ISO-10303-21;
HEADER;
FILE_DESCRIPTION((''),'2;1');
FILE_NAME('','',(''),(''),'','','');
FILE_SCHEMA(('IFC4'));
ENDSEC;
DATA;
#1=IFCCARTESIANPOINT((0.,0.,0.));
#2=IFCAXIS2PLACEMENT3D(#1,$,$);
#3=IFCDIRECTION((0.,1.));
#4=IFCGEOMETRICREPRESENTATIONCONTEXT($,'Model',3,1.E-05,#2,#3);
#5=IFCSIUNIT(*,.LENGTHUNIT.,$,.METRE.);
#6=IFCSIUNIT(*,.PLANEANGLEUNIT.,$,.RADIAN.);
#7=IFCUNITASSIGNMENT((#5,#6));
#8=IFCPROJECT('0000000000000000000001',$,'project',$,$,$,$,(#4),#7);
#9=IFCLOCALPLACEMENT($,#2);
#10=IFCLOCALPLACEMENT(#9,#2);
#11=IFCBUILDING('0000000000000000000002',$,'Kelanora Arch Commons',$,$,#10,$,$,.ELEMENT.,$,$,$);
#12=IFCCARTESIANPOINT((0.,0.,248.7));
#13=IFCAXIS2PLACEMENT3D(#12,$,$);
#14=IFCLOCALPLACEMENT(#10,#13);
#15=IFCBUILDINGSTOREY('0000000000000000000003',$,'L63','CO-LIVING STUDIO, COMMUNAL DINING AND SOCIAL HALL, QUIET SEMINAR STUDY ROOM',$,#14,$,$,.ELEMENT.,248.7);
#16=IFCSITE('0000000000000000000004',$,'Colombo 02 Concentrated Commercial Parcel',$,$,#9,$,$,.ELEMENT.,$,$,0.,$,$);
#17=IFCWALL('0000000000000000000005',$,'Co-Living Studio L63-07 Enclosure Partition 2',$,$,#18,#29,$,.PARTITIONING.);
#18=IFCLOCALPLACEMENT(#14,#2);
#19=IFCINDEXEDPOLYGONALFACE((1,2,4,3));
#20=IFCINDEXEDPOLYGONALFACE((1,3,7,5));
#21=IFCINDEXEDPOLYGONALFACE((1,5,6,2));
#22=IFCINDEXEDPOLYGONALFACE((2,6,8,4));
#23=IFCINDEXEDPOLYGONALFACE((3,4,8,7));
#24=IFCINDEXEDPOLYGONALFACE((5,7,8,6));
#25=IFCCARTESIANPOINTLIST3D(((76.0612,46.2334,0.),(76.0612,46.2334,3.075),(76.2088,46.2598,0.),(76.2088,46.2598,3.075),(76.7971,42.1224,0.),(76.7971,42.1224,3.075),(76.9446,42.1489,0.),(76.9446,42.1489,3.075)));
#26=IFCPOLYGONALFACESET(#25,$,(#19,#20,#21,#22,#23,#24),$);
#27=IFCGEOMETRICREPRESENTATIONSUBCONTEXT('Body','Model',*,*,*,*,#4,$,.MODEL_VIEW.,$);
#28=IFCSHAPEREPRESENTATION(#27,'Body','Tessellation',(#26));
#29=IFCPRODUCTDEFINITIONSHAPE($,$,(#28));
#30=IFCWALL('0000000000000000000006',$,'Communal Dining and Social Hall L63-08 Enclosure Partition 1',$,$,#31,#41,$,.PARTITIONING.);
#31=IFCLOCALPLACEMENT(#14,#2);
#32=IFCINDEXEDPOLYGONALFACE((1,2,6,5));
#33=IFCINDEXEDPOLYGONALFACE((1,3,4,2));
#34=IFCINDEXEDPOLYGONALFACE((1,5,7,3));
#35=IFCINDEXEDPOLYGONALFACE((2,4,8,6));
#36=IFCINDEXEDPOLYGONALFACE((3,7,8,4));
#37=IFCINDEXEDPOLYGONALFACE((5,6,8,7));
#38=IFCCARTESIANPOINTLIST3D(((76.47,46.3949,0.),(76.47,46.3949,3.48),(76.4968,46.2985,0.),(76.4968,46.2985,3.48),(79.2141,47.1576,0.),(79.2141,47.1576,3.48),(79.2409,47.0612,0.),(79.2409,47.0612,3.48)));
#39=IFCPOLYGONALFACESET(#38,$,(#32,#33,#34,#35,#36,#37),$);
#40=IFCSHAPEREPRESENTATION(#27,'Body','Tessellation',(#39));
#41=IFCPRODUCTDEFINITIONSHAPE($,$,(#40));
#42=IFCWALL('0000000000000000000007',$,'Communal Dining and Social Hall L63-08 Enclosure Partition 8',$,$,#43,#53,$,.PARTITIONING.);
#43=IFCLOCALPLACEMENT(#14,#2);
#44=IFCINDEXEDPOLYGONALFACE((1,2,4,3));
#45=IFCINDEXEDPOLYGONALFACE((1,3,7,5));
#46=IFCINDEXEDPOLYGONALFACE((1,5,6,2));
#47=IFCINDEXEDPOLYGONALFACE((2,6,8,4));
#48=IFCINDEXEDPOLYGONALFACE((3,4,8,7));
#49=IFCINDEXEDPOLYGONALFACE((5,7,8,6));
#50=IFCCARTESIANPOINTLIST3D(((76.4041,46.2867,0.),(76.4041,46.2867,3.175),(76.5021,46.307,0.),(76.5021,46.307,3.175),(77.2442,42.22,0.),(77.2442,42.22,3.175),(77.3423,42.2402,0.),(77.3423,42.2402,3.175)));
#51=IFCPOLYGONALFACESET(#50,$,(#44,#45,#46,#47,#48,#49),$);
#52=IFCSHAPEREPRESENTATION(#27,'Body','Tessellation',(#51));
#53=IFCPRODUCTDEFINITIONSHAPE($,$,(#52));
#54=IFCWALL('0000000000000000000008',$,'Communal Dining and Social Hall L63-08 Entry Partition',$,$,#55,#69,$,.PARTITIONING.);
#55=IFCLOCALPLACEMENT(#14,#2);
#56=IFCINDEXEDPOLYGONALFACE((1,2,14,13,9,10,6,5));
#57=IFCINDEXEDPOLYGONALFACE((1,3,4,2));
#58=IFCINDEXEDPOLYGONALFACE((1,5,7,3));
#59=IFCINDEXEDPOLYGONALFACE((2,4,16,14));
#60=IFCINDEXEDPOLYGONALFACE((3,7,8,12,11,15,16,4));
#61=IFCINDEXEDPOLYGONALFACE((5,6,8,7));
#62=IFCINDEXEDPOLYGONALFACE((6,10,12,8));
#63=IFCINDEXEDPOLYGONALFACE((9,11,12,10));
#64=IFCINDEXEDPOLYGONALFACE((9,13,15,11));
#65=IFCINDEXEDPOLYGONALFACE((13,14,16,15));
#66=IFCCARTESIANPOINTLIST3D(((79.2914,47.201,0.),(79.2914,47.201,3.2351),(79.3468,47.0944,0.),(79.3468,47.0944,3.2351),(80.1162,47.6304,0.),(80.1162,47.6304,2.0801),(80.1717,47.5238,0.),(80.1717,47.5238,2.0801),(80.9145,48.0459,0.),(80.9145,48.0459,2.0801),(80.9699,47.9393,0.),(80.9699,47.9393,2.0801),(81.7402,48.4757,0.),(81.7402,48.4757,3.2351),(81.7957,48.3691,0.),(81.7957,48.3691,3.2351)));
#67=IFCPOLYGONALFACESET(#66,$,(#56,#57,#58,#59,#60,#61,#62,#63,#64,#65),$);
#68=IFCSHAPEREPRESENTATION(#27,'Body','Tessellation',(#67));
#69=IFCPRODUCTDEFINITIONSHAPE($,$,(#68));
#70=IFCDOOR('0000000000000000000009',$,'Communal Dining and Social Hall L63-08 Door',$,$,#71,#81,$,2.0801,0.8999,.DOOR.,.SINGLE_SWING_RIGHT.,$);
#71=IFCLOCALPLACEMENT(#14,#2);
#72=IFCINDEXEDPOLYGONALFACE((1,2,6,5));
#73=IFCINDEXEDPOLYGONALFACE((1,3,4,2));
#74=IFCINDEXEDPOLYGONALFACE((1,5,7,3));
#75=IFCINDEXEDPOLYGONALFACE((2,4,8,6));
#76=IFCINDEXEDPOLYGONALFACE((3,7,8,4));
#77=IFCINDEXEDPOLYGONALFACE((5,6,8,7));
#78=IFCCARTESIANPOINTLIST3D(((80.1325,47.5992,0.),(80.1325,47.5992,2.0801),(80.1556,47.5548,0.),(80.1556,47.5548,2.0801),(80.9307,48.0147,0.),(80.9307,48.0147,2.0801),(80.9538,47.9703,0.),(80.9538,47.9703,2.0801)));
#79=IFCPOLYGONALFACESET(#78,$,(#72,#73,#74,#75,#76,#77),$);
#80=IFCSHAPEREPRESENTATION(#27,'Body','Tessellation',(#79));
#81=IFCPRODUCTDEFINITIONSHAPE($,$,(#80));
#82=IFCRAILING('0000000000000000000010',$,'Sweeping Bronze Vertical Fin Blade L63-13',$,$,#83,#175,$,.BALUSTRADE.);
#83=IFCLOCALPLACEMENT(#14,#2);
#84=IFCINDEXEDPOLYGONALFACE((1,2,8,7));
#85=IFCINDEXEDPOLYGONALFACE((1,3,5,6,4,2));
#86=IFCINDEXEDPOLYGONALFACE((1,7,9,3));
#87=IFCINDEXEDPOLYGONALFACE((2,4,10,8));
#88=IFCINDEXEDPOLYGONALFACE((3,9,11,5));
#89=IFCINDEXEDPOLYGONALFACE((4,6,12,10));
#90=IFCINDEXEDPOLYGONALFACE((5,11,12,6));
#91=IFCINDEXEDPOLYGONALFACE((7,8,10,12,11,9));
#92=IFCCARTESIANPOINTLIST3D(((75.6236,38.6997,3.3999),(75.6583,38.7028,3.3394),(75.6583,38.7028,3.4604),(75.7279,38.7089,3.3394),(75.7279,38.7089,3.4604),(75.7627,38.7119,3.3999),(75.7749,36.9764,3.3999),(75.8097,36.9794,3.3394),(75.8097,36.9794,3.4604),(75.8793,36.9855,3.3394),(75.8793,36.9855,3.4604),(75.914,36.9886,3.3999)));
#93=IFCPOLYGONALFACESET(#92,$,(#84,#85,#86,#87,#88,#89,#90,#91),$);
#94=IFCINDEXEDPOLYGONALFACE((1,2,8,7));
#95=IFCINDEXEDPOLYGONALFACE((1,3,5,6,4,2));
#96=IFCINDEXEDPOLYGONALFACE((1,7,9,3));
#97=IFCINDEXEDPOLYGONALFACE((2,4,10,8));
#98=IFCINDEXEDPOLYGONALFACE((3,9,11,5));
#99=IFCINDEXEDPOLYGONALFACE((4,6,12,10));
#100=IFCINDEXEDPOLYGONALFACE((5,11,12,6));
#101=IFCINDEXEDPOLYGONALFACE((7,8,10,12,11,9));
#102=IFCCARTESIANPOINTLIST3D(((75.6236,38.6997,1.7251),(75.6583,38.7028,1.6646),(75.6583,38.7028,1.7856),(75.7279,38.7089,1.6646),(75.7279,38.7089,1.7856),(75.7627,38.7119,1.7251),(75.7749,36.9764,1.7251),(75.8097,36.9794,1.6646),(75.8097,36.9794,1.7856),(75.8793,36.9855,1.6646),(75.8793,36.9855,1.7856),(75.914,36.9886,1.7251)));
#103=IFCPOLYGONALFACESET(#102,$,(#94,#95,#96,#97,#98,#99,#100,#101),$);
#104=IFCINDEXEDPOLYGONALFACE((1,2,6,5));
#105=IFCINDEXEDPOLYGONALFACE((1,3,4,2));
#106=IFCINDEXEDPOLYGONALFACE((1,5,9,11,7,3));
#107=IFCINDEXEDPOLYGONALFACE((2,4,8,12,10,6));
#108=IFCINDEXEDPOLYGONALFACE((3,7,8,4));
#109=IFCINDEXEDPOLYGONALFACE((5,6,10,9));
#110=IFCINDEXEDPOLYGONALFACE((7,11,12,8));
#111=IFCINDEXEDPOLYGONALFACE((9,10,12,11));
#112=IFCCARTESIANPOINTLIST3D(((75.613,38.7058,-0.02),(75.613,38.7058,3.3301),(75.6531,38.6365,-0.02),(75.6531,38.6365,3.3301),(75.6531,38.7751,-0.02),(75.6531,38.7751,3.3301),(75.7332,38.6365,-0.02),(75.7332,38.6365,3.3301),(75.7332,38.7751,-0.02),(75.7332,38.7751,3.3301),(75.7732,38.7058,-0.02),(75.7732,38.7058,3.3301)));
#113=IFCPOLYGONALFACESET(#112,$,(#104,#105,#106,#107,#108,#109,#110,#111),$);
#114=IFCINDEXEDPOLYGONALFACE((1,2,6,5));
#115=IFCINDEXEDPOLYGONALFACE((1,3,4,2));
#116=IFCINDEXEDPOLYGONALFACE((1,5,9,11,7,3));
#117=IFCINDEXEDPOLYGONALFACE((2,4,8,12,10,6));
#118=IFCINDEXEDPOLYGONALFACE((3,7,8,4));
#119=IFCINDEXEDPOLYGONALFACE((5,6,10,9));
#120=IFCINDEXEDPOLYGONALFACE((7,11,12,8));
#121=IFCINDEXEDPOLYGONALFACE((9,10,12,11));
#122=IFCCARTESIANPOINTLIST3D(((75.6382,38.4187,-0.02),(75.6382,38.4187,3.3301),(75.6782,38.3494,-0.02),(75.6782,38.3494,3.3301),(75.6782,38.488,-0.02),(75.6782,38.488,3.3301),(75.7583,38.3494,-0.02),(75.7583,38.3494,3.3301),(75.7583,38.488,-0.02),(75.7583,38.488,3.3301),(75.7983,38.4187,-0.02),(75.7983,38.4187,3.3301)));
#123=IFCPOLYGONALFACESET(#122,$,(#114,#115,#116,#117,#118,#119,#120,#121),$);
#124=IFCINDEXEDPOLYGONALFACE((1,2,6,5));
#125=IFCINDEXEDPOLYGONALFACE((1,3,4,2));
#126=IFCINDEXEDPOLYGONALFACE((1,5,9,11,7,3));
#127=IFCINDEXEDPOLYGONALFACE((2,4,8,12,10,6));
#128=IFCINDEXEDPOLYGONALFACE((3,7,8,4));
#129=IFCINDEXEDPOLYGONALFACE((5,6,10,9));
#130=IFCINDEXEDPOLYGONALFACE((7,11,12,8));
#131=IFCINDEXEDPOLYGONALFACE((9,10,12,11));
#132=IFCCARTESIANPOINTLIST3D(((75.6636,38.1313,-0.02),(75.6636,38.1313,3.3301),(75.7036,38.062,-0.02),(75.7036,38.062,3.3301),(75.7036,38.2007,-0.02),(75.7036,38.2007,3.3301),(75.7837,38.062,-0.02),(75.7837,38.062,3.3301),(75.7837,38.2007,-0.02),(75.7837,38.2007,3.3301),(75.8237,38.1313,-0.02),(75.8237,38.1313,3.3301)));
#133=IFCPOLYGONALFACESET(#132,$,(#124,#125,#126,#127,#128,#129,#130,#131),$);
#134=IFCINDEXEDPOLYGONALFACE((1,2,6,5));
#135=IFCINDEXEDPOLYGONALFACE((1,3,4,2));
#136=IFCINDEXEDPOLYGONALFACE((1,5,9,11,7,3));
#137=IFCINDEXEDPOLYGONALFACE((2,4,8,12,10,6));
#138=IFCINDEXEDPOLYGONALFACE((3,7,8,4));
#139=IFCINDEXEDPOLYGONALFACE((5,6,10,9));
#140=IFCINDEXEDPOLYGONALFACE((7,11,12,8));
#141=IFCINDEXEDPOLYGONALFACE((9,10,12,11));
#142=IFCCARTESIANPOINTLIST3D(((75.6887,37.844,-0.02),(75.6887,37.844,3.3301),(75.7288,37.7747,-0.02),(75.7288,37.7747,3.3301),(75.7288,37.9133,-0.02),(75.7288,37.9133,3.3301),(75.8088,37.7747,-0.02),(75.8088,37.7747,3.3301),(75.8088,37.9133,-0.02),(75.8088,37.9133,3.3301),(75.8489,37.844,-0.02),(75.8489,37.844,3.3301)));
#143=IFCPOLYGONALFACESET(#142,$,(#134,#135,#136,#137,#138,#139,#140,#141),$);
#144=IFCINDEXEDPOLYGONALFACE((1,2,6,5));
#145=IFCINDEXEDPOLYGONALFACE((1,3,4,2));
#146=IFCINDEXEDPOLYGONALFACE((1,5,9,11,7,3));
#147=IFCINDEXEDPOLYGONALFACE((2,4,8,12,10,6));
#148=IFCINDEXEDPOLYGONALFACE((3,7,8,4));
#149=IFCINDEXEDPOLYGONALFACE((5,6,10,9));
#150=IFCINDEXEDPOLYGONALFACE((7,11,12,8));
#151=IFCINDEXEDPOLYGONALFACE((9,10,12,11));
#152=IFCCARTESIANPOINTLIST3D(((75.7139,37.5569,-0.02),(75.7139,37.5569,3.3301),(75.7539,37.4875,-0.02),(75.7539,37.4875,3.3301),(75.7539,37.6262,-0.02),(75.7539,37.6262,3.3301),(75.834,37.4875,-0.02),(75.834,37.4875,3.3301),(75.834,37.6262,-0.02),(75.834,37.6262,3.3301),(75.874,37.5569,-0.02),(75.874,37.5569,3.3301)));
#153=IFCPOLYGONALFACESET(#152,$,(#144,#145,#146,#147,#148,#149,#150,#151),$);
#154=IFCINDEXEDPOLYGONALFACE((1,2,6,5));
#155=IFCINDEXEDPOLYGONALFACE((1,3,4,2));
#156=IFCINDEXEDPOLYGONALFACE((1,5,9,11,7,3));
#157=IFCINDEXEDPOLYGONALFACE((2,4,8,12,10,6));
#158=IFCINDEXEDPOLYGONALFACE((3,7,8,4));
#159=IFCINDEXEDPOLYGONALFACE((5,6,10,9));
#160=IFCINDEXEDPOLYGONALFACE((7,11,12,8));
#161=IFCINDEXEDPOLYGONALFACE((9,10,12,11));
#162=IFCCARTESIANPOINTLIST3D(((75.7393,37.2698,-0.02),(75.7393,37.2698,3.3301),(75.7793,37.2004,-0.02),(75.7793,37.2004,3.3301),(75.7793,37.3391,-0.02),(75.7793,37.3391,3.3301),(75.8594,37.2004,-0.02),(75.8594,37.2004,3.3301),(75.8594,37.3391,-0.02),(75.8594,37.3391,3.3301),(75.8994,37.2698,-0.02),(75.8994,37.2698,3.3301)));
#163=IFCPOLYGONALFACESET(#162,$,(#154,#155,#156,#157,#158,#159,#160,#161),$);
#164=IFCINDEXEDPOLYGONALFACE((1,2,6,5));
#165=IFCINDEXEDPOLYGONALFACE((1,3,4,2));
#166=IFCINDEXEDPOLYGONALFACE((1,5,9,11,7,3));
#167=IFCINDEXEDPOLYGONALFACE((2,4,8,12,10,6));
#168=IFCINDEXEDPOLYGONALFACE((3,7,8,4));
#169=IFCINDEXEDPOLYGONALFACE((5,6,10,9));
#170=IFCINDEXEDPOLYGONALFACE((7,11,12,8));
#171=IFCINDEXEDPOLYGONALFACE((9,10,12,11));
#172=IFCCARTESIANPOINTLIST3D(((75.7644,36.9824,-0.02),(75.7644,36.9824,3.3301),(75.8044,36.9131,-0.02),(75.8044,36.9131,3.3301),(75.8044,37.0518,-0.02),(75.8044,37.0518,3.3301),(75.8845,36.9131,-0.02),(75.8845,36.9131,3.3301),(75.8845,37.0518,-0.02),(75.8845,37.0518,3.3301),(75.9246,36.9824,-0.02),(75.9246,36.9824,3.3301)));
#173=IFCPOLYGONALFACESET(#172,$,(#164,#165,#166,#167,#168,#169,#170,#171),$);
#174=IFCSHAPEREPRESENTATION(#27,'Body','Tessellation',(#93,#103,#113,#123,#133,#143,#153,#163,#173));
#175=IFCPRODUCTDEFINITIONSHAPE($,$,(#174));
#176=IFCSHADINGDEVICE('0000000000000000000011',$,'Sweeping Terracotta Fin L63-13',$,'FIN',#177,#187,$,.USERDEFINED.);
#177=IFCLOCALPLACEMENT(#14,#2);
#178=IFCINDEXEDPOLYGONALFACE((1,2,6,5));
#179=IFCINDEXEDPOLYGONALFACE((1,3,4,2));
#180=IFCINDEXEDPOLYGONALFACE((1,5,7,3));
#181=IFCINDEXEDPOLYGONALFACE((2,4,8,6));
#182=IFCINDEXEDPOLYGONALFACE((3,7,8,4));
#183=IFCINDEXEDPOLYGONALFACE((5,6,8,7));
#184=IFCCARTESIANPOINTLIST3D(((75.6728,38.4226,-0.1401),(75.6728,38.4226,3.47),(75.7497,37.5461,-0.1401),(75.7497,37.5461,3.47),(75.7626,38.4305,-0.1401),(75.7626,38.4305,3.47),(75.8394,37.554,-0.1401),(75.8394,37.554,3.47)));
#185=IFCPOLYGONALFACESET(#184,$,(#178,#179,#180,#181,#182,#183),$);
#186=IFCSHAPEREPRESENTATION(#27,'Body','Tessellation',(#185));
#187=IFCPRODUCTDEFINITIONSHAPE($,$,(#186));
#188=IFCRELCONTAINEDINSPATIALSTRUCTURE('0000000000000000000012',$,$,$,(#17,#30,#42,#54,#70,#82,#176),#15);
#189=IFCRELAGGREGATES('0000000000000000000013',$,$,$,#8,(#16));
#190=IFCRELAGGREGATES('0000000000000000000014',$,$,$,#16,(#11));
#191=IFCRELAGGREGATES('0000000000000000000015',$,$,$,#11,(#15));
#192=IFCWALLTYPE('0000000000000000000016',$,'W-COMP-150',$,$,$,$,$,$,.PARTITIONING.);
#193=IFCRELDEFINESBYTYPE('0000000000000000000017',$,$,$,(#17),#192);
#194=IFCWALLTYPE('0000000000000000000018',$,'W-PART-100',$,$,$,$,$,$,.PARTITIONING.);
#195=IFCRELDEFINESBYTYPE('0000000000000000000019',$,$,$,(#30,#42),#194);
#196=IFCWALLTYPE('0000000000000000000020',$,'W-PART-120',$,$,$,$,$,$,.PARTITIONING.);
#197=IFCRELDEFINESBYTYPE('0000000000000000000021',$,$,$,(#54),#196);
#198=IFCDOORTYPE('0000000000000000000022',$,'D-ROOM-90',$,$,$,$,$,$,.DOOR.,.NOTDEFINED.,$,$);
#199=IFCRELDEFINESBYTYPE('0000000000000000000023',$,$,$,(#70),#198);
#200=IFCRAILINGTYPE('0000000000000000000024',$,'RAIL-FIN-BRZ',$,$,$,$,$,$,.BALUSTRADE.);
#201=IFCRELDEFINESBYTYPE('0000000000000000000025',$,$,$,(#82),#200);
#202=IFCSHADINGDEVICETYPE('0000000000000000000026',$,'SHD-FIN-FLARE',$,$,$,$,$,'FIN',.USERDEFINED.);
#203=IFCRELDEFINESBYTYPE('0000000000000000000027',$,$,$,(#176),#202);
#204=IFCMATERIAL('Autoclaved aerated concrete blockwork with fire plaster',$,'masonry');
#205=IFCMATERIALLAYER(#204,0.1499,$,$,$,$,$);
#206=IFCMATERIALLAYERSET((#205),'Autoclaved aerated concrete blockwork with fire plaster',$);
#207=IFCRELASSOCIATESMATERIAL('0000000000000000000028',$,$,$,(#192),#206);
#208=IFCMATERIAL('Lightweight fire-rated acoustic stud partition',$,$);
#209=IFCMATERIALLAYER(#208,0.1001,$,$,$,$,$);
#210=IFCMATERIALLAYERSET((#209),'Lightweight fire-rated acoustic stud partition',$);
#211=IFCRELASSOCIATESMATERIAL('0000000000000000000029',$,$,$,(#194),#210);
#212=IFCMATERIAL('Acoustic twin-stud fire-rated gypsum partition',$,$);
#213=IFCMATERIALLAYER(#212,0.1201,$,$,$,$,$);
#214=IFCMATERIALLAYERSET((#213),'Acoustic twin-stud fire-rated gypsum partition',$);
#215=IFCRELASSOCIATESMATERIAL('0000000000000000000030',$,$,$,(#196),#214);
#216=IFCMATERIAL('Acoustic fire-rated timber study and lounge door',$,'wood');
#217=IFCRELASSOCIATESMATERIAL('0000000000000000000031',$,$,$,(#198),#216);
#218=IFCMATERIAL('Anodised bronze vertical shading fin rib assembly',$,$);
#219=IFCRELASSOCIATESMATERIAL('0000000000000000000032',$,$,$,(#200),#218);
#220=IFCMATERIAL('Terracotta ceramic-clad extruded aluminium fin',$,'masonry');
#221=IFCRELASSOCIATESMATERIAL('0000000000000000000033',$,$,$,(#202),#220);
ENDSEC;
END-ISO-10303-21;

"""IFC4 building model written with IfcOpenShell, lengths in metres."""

from ifc_helpers import new_model, si_unit, direction, frame, frame_2d, origin, origin_2d, place, context, subcontext, project, spatial, polyline, rectangle, outline, extrude, source, transform, mapped, material, layer, layer_set, type_object, element, fill, save


model = new_model("IFC4")

# Units and contexts
model_context = context("Model", 3, precision=1e-05, world=origin(), true_north=direction((0.0, 1.0)))
body_context = subcontext(model_context, "Body", "Model", "MODEL_VIEW")
ifc_project = project(units=[si_unit("LENGTHUNIT", "METRE"), si_unit("PLANEANGLEUNIT", "RADIAN")], contexts=[model_context])

# Site, building, storey
site_placement = place(None, origin())
site = spatial("IfcSite", under=ifc_project, at=site_placement, Name="Colombo 02 Concentrated Commercial Parcel", CompositionType="ELEMENT", RefElevation=0.0)
building_placement = place(site_placement, origin())
building = spatial("IfcBuilding", under=site, at=building_placement, Name="Kelanora Arch Commons", CompositionType="ELEMENT")
storey_placement = place(building_placement, frame((0.0, 0.0, 248.7)))
storey = spatial("IfcBuildingStorey", under=building, at=storey_placement, Name="L63", Description="CO-LIVING STUDIO, COMMUNAL DINING AND SOCIAL HALL, QUIET SEMINAR STUDY ROOM", CompositionType="ELEMENT", Elevation=248.7)

# Walls
ifc_material_1 = material(Name="Autoclaved aerated concrete blockwork with fire plaster", Category="masonry")
ifc_layer_1 = layer(ifc_material_1, 0.1499)
ifc_layer_set_1 = layer_set([ifc_layer_1], Name="Autoclaved aerated concrete blockwork with fire plaster")
wall_type_1 = type_object("IfcWallType", Name="W-COMP-150", PredefinedType="PARTITIONING", material=ifc_layer_set_1)
wall_1_placement = place(storey_placement, frame((76.135, 46.2466, 0.0), z_axis=(0.0, 0.0, 1.0), x_axis=(0.176199, -0.984355, 0.0)))
element("IfcWall", 1, at=wall_1_placement, inside=storey, type_object=wall_type_1, Name="Co-Living Studio L63-07 Enclosure Partition 2", PredefinedType="PARTITIONING", context=body_context, shape_type="SweptSolid", body=[
    extrude(rectangle(XDim=4.1763, YDim=0.1499, at=frame_2d((2.0881, 0.0))), origin(), (0.0, 0.0, 1.0), 3.075),
])
ifc_material_2 = material(Name="Lightweight fire-rated acoustic stud partition")
ifc_layer_2 = layer(ifc_material_2, 0.1001)
ifc_layer_set_2 = layer_set([ifc_layer_2], Name="Lightweight fire-rated acoustic stud partition")
wall_type_2 = type_object("IfcWallType", Name="W-PART-100", PredefinedType="PARTITIONING", material=ifc_layer_set_2)
wall_2_placement = place(storey_placement, frame((76.4834, 46.3467, 0.0), z_axis=(0.0, 0.0, 1.0), x_axis=(0.963479, 0.267785, 0.0)))
element("IfcWall", 2, at=wall_2_placement, inside=storey, type_object=wall_type_2, Name="Communal Dining and Social Hall L63-08 Enclosure Partition 1", PredefinedType="PARTITIONING", context=body_context, shape_type="SweptSolid", body=[
    extrude(rectangle(XDim=2.8481, YDim=0.1001, at=frame_2d((1.4241, 0.0))), origin(), (0.0, 0.0, 1.0), 3.48),
])
wall_3_placement = place(storey_placement, frame((77.2932, 42.2302, 0.0), z_axis=(0.0, 0.0, 1.0), x_axis=(-0.202308, 0.979322, 0.0)))
element("IfcWall", 3, at=wall_3_placement, inside=storey, type_object=wall_type_2, Name="Communal Dining and Social Hall L63-08 Enclosure Partition 8", PredefinedType="PARTITIONING", context=body_context, shape_type="SweptSolid", body=[
    extrude(rectangle(XDim=4.1526, YDim=0.1001, at=frame_2d((2.0762, 0.0))), origin(), (0.0, 0.0, 1.0), 3.175),
])

# Wall, opening, door
ifc_material_3 = material(Name="Acoustic twin-stud fire-rated gypsum partition")
ifc_layer_3 = layer(ifc_material_3, 0.1201)
ifc_layer_set_3 = layer_set([ifc_layer_3], Name="Acoustic twin-stud fire-rated gypsum partition")
wall_type_3 = type_object("IfcWallType", Name="W-PART-120", PredefinedType="PARTITIONING", material=ifc_layer_set_3)
wall_4_placement = place(storey_placement, frame((79.3191, 47.1477, 0.0), z_axis=(0.0, 0.0, 1.0), x_axis=(0.887021, 0.461729, 0.0)))
wall_4 = element("IfcWall", 4, at=wall_4_placement, inside=storey, type_object=wall_type_3, Name="Communal Dining and Social Hall L63-08 Entry Partition", PredefinedType="PARTITIONING", context=body_context, shape_type="SweptSolid", body=[
    extrude(rectangle(XDim=2.7607, YDim=0.1201, at=frame_2d((1.3804, 0.0))), origin(), (0.0, 0.0, 1.0), 3.2351),
])
opening_placement = place(wall_4_placement, frame((0.9299, 0.0, 0.0)))
opening = element("IfcOpeningElement", 5, at=opening_placement, cuts=wall_4, PredefinedType="OPENING", context=body_context, shape_type="SweptSolid", body=[
    extrude(rectangle(XDim=0.8999, YDim=2.0801, at=frame_2d((0.45, 1.04))), frame((0.0, 0.0701, 0.0), z_axis=(0.0, -1.0, 0.0), x_axis=(1.0, 0.0, 0.0)), (0.0, 0.0, 1.0), 0.1401),
])
ifc_material_4 = material(Name="Acoustic fire-rated timber study and lounge door", Category="wood")
door_type = type_object("IfcDoorType", Name="D-ROOM-90", OperationType="NOTDEFINED", PredefinedType="DOOR", material=ifc_material_4)
door_placement = place(opening_placement, origin())
door = element("IfcDoor", 6, at=door_placement, inside=storey, type_object=door_type, Name="Communal Dining and Social Hall L63-08 Door", OperationType="SINGLE_SWING_RIGHT", OverallHeight=2.0801, OverallWidth=0.8999, PredefinedType="DOOR", context=body_context, shape_type="SweptSolid", body=[
    extrude(rectangle(XDim=0.8999, YDim=2.0801, at=frame_2d((0.45, 1.04))), frame((0.0, 0.0249, 0.0), z_axis=(0.0, -1.0, 0.0), x_axis=(1.0, 0.0, 0.0)), (0.0, 0.0, 1.0), 0.05),
])
fill(opening, door)

# Railing
ifc_material_5 = material(Name="Anodised bronze vertical shading fin rib assembly")
railing_type = type_object("IfcRailingType", Name="RAIL-FIN-BRZ", PredefinedType="BALUSTRADE", material=ifc_material_5)
railing_placement = place(storey_placement, frame((75.6931, 38.7058, -0.02)))
element("IfcRailing", 7, at=railing_placement, inside=storey, type_object=railing_type, Name="Sweeping Bronze Vertical Fin Blade L63-13", PredefinedType="BALUSTRADE", context=body_context, shape_type="SweptSolid", body=[
    extrude(outline(polyline([(0.0698, 0.0), (0.0349, 0.0605), (-0.0349, 0.0605), (-0.0698, 0.0), (-0.0349, -0.0605), (0.0349, -0.0605), (0.0698, 0.0)])), frame((0.0, 0.0, 3.4199), z_axis=(0.087494, -0.996165, 0.0), x_axis=(0.996165, 0.087494, 0.0)), (0.0, 0.0, 1.0), 1.73),
    extrude(outline(polyline([(0.0698, 0.0), (0.0349, 0.0605), (-0.0349, 0.0605), (-0.0698, 0.0), (-0.0349, -0.0605), (0.0349, -0.0605), (0.0698, 0.0)])), frame((0.0, 0.0, 1.7451), z_axis=(0.087494, -0.996165, 0.0), x_axis=(0.996165, 0.087494, 0.0)), (0.0, 0.0, 1.0), 1.73),
    extrude(outline(polyline([(0.0801, 0.0), (0.04, 0.0693), (-0.04, 0.0693), (-0.0801, 0.0), (-0.04, -0.0693), (0.04, -0.0693), (0.0801, 0.0)])), origin(), (0.0, 0.0, 1.0), 3.3501),
    extrude(outline(polyline([(0.0801, 0.0), (0.04, 0.0693), (-0.04, 0.0693), (-0.0801, 0.0), (-0.04, -0.0693), (0.04, -0.0693), (0.0801, 0.0)])), frame((0.0251, -0.2871, 0.0)), (0.0, 0.0, 1.0), 3.3501),
    extrude(outline(polyline([(0.0801, 0.0), (0.04, 0.0693), (-0.04, 0.0693), (-0.0801, 0.0), (-0.04, -0.0693), (0.04, -0.0693), (0.0801, 0.0)])), frame((0.0505, -0.5745, 0.0)), (0.0, 0.0, 1.0), 3.3501),
    extrude(outline(polyline([(0.0801, 0.0), (0.04, 0.0693), (-0.04, 0.0693), (-0.0801, 0.0), (-0.04, -0.0693), (0.04, -0.0693), (0.0801, 0.0)])), frame((0.0757, -0.8618, 0.0)), (0.0, 0.0, 1.0), 3.3501),
    extrude(outline(polyline([(0.0801, 0.0), (0.04, 0.0693), (-0.04, 0.0693), (-0.0801, 0.0), (-0.04, -0.0693), (0.04, -0.0693), (0.0801, 0.0)])), frame((0.1008, -1.1489, 0.0)), (0.0, 0.0, 1.0), 3.3501),
    extrude(outline(polyline([(0.0801, 0.0), (0.04, 0.0693), (-0.04, 0.0693), (-0.0801, 0.0), (-0.04, -0.0693), (0.04, -0.0693), (0.0801, 0.0)])), frame((0.1262, -1.436, 0.0)), (0.0, 0.0, 1.0), 3.3501),
    extrude(outline(polyline([(0.0801, 0.0), (0.04, 0.0693), (-0.04, 0.0693), (-0.0801, 0.0), (-0.04, -0.0693), (0.04, -0.0693), (0.0801, 0.0)])), frame((0.1514, -1.7234, 0.0)), (0.0, 0.0, 1.0), 3.3501),
])

# Shading device
ifc_material_6 = material(Name="Terracotta ceramic-clad extruded aluminium fin", Category="masonry")
shading_device_type = type_object("IfcShadingDeviceType", Name="SHD-FIN-FLARE", ElementType="FIN", PredefinedType="USERDEFINED", material=ifc_material_6)
shared_shape_1 = source(origin(), body_context, "Body", "SweptSolid", [
    extrude(rectangle(XDim=0.8799, YDim=0.0901, at=origin_2d()), origin(), (0.0, 0.0, 1.0), 3.6101),
])
shading_device_placement = place(storey_placement, frame((75.7561, 37.9883, -0.1401), z_axis=(0.0, 0.0, 1.0), x_axis=(0.08733, -0.996179, 0.0)))
element("IfcShadingDevice", 8, at=shading_device_placement, inside=storey, type_object=shading_device_type, Name="Sweeping Terracotta Fin L63-13", ObjectType="FIN", PredefinedType="USERDEFINED", context=body_context, shape_type="MappedRepresentation", body=[
    mapped(shared_shape_1, transform((0.0, 0.0, 0.0), scale=1.0)),
])

save(model, "model.ifc")
